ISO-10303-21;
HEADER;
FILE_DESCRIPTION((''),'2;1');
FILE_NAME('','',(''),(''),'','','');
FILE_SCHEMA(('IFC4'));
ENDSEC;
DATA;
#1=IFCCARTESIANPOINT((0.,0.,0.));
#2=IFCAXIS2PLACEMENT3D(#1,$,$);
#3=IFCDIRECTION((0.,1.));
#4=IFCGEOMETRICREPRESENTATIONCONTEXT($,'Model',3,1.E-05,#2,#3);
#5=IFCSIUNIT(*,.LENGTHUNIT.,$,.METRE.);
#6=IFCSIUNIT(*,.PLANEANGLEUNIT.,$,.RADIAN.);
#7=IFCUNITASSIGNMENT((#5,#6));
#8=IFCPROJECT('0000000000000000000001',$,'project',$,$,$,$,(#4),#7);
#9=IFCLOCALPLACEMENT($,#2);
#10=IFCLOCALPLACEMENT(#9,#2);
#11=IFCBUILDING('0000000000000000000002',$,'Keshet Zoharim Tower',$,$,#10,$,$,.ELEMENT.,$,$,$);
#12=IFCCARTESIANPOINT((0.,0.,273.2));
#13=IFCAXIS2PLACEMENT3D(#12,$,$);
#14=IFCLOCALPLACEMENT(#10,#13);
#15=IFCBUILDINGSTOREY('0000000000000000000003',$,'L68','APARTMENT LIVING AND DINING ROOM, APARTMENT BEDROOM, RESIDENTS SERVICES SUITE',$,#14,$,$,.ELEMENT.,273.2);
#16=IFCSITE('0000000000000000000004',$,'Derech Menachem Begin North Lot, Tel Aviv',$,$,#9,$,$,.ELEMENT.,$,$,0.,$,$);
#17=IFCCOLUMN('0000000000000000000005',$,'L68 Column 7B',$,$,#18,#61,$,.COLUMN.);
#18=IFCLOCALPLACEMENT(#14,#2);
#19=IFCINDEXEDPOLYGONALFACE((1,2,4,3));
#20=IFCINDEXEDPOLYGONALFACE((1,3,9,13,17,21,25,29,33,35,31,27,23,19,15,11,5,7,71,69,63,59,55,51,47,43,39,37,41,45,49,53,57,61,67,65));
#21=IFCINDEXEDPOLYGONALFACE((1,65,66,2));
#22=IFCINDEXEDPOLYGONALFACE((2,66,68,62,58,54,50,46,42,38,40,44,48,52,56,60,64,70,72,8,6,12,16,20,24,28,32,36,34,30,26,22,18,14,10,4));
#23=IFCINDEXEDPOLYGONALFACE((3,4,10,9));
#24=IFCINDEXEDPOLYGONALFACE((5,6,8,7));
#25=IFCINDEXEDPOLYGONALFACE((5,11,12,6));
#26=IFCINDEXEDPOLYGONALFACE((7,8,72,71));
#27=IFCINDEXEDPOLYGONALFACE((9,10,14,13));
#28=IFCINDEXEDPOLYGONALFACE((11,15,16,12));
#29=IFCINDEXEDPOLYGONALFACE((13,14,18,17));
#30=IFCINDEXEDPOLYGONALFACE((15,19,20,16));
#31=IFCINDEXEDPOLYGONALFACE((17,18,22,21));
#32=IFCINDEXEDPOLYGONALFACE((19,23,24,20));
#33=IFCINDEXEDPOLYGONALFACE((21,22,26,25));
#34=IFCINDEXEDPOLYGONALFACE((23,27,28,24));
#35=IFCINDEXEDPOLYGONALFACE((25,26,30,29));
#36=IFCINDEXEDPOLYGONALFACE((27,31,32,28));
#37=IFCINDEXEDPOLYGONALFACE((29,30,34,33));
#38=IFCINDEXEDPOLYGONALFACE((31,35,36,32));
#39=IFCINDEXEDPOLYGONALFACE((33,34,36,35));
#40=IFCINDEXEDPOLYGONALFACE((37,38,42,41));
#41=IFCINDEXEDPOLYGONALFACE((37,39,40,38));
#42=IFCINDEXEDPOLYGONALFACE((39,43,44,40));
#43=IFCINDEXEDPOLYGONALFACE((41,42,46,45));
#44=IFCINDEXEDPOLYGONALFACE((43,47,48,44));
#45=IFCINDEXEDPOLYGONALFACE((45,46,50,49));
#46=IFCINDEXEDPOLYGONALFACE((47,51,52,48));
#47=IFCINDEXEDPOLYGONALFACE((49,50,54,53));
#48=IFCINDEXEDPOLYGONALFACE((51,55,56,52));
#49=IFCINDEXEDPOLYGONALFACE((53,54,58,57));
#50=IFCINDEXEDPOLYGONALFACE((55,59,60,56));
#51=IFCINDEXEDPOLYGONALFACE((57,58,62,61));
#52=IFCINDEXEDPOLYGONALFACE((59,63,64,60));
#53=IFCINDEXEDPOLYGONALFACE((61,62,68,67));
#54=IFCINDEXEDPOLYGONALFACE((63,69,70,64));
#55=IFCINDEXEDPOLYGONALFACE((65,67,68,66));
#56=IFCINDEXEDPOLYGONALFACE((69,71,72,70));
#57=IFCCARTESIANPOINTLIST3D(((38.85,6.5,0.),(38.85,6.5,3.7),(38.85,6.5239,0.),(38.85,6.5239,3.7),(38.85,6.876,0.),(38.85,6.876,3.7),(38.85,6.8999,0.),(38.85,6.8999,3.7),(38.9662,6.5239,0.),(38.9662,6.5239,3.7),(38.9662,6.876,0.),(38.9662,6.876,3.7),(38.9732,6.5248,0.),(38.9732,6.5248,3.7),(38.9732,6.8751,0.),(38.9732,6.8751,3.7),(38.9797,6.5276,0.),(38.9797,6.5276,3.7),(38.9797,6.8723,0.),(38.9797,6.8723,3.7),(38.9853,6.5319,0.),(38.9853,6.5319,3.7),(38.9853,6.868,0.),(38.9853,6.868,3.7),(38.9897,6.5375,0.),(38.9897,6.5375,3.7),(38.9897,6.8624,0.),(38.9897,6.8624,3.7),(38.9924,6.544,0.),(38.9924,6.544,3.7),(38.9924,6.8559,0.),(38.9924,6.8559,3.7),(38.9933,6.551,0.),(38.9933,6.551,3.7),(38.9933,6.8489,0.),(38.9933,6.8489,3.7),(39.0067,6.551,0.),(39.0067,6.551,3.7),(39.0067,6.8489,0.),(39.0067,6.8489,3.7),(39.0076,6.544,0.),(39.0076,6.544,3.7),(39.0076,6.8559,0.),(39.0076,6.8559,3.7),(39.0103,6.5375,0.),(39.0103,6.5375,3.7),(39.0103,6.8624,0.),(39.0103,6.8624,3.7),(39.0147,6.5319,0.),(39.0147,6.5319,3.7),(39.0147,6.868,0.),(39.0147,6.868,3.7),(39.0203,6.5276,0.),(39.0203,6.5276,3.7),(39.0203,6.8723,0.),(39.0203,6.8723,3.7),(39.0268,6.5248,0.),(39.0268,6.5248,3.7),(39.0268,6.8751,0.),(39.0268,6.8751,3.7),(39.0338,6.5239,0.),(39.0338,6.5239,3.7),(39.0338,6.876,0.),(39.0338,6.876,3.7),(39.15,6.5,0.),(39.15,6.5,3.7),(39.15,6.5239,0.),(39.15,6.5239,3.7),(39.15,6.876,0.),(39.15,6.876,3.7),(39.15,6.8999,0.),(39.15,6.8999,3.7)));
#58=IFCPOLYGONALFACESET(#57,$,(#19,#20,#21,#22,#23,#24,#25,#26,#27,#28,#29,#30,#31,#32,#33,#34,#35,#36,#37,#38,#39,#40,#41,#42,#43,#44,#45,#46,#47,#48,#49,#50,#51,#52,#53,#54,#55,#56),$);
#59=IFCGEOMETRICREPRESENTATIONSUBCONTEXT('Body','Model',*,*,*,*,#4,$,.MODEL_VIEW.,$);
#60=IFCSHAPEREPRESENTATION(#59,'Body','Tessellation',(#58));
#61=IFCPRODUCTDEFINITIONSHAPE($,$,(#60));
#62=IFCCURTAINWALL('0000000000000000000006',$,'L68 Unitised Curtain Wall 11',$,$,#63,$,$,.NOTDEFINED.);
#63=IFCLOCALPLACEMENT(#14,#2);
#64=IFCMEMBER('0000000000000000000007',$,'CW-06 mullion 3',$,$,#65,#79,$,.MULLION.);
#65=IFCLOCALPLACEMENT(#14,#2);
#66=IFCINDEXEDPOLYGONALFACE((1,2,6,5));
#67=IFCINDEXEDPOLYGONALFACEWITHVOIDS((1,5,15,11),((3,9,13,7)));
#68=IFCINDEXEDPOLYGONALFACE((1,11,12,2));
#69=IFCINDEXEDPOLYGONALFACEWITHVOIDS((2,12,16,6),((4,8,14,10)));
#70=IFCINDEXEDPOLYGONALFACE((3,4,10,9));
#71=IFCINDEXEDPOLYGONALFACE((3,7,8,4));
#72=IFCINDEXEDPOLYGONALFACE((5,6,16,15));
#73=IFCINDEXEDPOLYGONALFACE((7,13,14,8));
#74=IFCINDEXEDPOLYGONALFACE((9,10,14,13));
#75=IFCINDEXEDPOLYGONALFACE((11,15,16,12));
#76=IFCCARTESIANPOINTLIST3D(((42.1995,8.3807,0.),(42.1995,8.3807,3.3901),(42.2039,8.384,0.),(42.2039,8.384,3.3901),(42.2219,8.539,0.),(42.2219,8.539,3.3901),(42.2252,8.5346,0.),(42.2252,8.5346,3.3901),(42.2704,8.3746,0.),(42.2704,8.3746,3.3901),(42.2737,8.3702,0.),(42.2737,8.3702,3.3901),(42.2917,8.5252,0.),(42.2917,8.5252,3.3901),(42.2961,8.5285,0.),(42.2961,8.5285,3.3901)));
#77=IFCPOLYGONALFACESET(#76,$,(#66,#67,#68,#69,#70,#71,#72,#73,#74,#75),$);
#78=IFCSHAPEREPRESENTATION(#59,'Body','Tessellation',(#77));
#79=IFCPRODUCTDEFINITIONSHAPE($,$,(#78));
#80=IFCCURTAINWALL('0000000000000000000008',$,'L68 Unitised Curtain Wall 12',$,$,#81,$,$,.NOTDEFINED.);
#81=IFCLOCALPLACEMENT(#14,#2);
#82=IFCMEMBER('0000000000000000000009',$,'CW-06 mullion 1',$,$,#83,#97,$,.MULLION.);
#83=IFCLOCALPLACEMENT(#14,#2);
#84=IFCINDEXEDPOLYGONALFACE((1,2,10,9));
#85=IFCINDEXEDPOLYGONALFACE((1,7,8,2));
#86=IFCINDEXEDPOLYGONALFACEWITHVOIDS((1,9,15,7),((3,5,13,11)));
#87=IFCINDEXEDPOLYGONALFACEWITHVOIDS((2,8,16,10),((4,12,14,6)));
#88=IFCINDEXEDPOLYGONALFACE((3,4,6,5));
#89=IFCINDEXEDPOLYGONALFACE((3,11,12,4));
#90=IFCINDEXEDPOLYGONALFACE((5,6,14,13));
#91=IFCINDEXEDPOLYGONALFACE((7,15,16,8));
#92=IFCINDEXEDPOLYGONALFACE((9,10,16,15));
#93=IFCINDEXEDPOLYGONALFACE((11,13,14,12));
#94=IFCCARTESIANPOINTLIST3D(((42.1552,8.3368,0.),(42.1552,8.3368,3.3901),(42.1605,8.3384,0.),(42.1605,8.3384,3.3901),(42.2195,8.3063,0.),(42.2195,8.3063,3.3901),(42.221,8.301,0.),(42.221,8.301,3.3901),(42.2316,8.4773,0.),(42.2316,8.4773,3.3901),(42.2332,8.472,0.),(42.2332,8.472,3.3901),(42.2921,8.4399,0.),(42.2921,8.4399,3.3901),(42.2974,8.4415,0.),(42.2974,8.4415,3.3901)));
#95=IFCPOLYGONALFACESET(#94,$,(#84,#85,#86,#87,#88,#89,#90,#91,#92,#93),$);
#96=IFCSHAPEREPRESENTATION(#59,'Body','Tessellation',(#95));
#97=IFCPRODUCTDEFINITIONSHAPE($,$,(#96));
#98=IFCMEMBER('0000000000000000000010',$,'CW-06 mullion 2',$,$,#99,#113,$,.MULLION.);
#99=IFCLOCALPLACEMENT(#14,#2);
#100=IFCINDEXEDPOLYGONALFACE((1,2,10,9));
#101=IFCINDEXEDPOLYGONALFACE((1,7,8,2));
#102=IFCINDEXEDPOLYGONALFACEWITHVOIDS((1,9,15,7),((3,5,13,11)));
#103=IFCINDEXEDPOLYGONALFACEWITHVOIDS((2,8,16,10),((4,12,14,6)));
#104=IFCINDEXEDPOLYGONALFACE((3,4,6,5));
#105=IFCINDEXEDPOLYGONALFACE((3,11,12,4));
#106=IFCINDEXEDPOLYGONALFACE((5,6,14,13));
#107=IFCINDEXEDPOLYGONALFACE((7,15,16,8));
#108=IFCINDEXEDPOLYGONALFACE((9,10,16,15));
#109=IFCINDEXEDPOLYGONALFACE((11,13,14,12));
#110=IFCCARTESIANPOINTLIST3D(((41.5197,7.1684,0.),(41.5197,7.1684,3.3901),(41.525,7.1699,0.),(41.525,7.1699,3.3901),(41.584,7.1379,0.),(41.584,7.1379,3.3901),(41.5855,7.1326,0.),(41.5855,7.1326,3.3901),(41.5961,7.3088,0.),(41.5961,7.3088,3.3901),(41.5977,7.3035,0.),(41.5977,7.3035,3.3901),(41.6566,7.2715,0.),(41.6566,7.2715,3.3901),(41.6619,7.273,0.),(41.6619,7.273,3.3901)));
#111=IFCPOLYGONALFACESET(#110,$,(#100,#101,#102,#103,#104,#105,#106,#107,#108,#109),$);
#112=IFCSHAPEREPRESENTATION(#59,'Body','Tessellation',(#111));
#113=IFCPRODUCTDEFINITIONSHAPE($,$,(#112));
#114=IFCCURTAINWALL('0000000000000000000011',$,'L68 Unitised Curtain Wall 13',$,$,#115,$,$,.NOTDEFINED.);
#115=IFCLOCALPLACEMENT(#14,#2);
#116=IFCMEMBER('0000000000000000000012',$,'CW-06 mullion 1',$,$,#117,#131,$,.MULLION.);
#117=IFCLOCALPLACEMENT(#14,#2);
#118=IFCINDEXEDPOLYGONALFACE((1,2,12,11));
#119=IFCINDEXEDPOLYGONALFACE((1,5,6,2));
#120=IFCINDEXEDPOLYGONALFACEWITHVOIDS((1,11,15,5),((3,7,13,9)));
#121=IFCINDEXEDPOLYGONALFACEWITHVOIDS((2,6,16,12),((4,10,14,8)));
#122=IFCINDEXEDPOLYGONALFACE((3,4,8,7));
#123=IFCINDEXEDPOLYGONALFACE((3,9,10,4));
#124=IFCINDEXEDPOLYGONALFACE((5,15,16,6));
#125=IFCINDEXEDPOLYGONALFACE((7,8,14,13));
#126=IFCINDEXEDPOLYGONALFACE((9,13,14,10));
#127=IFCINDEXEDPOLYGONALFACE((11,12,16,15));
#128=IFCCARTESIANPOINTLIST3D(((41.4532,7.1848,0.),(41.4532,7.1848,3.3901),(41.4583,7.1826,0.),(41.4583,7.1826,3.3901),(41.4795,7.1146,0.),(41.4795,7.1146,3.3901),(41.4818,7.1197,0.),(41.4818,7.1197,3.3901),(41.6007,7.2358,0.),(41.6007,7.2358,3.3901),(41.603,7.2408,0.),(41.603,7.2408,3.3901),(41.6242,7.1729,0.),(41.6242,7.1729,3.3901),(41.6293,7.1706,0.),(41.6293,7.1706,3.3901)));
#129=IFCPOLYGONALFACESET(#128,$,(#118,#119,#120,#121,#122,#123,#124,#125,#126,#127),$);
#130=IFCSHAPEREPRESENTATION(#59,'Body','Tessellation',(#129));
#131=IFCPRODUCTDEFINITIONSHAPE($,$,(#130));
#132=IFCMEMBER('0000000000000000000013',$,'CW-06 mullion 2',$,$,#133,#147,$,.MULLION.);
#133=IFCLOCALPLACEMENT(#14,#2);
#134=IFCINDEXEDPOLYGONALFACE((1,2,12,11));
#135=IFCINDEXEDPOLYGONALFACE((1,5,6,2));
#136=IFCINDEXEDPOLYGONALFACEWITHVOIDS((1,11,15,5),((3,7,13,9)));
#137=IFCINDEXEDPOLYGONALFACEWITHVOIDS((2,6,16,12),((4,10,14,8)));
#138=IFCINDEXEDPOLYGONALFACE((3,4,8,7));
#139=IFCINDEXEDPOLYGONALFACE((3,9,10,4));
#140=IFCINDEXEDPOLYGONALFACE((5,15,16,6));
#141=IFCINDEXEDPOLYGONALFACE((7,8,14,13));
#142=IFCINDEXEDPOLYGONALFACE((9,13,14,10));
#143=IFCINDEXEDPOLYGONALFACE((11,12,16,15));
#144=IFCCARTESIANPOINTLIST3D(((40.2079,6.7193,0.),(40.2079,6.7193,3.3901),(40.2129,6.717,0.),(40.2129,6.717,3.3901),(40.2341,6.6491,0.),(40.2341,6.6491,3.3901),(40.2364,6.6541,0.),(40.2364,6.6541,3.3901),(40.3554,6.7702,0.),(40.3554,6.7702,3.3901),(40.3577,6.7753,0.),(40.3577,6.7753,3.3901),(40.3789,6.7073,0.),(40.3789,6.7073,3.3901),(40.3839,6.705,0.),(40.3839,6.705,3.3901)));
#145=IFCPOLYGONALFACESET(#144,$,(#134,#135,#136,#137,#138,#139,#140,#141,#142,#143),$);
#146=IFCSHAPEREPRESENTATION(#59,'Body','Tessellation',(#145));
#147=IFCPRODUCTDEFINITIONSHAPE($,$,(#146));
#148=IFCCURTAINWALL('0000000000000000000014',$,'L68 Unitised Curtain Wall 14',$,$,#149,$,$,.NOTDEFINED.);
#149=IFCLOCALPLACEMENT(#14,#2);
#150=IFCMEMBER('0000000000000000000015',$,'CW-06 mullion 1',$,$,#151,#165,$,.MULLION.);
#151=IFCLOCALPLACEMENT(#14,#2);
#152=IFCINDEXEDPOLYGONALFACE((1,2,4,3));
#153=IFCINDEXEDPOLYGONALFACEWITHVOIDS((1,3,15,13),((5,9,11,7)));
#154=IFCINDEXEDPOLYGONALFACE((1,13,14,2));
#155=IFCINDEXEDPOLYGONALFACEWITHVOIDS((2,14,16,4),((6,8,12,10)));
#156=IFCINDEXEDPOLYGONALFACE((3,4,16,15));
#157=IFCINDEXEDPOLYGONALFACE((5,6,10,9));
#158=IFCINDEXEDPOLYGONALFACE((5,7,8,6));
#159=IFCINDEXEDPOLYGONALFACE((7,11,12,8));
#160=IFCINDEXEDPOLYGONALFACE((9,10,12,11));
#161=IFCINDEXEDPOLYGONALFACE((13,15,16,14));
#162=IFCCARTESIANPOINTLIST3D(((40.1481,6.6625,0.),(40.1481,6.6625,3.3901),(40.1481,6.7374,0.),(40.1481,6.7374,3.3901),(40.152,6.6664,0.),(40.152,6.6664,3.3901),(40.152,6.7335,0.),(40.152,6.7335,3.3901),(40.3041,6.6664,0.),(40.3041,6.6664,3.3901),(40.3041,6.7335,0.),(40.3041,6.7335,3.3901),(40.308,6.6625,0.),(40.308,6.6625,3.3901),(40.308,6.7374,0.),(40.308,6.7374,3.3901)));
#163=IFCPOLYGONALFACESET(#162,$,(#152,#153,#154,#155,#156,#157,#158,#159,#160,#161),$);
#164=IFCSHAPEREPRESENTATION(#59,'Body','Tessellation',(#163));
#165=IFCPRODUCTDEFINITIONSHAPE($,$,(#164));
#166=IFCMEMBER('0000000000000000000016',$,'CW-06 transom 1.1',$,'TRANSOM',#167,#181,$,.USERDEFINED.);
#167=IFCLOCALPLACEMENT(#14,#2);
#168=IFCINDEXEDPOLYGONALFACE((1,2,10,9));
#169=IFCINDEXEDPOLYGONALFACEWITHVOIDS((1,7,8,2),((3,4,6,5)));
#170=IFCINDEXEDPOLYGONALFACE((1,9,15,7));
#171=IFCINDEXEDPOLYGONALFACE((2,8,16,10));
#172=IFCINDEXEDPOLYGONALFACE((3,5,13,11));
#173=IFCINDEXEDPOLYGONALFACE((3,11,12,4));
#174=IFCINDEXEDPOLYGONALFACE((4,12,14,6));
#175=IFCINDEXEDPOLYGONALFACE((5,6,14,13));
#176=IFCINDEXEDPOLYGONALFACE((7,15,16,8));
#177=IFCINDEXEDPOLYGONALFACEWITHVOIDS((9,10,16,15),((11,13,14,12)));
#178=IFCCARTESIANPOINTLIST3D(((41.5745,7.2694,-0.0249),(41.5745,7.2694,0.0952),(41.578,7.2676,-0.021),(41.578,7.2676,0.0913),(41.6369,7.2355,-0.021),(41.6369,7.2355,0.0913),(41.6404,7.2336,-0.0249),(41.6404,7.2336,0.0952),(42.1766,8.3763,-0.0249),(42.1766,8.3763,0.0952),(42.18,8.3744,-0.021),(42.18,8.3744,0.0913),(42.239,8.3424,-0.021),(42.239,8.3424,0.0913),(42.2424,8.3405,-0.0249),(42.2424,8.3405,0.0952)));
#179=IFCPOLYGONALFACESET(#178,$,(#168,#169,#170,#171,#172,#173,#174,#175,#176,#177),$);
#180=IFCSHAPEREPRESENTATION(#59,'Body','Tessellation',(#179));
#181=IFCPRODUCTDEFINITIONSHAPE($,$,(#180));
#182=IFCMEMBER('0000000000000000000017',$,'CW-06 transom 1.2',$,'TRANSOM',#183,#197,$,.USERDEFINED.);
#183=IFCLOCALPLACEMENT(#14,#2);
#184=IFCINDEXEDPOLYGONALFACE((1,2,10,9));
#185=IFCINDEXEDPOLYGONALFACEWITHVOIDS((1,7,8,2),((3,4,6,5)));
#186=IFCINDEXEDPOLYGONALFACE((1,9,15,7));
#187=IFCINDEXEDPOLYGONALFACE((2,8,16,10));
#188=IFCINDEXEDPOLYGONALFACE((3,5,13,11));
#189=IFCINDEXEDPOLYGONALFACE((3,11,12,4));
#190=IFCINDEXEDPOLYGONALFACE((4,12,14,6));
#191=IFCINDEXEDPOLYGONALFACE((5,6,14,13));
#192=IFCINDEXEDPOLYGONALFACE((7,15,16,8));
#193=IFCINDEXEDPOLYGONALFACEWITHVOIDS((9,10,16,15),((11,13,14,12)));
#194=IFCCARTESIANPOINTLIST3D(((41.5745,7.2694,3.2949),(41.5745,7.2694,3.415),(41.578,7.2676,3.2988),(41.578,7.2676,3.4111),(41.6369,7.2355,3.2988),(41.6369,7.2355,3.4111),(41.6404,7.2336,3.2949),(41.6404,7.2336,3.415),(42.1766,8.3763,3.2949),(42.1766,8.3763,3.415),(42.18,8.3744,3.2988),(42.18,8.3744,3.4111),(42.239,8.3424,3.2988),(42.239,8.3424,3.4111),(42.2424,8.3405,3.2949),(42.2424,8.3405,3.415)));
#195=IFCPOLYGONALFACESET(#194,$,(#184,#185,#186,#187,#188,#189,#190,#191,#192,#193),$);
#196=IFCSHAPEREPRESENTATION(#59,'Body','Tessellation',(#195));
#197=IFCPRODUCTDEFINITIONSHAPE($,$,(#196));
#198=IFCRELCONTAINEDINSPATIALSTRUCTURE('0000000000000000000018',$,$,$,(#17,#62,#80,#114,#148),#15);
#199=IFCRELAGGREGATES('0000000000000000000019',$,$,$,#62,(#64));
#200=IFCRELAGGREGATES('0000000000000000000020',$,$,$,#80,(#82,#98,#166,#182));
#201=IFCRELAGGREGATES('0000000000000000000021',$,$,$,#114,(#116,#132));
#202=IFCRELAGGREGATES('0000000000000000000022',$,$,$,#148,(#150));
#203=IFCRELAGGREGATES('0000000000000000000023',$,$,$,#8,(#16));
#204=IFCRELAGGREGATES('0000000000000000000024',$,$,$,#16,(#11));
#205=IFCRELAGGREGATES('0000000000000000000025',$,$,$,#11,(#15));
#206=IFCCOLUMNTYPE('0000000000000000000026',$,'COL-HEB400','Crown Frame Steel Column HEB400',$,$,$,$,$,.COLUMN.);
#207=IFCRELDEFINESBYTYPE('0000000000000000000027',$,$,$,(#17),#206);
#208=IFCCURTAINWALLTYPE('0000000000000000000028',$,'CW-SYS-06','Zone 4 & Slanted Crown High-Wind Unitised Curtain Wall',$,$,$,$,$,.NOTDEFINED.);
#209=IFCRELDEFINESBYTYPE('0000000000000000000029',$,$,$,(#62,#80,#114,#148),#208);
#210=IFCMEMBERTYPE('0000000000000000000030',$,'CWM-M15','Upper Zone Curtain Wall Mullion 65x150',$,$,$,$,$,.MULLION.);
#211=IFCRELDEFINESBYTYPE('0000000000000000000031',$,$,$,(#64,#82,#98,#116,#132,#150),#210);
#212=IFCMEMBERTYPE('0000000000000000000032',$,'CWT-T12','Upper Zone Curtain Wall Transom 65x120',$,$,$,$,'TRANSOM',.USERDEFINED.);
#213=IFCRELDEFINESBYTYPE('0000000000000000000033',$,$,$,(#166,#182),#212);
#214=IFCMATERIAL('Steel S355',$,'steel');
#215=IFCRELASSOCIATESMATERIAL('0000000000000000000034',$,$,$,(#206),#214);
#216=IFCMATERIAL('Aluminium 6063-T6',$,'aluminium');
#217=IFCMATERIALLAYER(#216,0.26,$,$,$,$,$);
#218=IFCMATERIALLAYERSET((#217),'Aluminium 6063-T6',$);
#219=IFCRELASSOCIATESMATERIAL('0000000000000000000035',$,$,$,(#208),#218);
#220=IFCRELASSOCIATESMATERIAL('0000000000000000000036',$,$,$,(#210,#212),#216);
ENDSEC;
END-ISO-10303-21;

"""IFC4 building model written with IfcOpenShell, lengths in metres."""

from ifc_helpers import new_model, si_unit, direction, frame, origin, origin_2d, place, context, subcontext, project, spatial, hollow_rectangle, i_section, extrude, material, layer, layer_set, material_profile, profile_set, type_object, element, aggregate, save


model = new_model("IFC4")

# Units and contexts
model_context = context("Model", 3, precision=1e-05, world=origin(), true_north=direction((0.0, 1.0)))
body_context = subcontext(model_context, "Body", "Model", "MODEL_VIEW")
ifc_project = project(units=[si_unit("LENGTHUNIT", "METRE"), si_unit("PLANEANGLEUNIT", "RADIAN")], contexts=[model_context])

# Site, building, storey
site_placement = place(None, origin())
site = spatial("IfcSite", under=ifc_project, at=site_placement, Name="Derech Menachem Begin North Lot, Tel Aviv", CompositionType="ELEMENT", RefElevation=0.0)
building_placement = place(site_placement, origin())
building = spatial("IfcBuilding", under=site, at=building_placement, Name="Keshet Zoharim Tower", CompositionType="ELEMENT")
storey_placement = place(building_placement, frame((0.0, 0.0, 273.2)))
storey = spatial("IfcBuildingStorey", under=building, at=storey_placement, Name="L68", Description="APARTMENT LIVING AND DINING ROOM, APARTMENT BEDROOM, RESIDENTS SERVICES SUITE", CompositionType="ELEMENT", Elevation=273.2)

# Column
ifc_material_1 = material(Name="Steel S355", Category="steel")
ifc_material_profile_1 = material_profile(ifc_material_1, i_section(OverallWidth=0.3, OverallDepth=0.3999, WebThickness=0.0134, FlangeThickness=0.0239, FilletRadius=0.0271, at=origin_2d()), Name="HEB400")
ifc_profile_set_1 = profile_set([ifc_material_profile_1], Name="Steel S355")
column_type = type_object("IfcColumnType", Name="COL-HEB400", Description="Crown Frame Steel Column HEB400", PredefinedType="COLUMN", material=ifc_profile_set_1)
column_placement = place(storey_placement, frame((39.0, 6.7, 0.0), z_axis=(0.0, 0.0, 1.0), x_axis=(1.0, 0.0, 0.0)))
element("IfcColumn", 1, at=column_placement, inside=storey, type_object=column_type, Name="L68 Column 7B", PredefinedType="COLUMN", context=body_context, shape_type="SweptSolid", body=[
    extrude(i_section(OverallWidth=0.3, OverallDepth=0.3999, WebThickness=0.0134, FlangeThickness=0.0239, FilletRadius=0.0271, at=origin_2d()), origin(), (0.0, 0.0, 1.0), 3.7),
])

# Curtain wall, member
ifc_material_2 = material(Name="Aluminium 6063-T6", Category="aluminium")
ifc_layer_1 = layer(ifc_material_2, 0.26)
ifc_layer_set_1 = layer_set([ifc_layer_1], Name="Aluminium 6063-T6")
curtain_wall_type = type_object("IfcCurtainWallType", Name="CW-SYS-06", Description="Zone 4 & Slanted Crown High-Wind Unitised Curtain Wall", PredefinedType="NOTDEFINED", material=ifc_layer_set_1)
curtain_wall_1_placement = place(storey_placement, origin())
curtain_wall_1 = element("IfcCurtainWall", 2, at=curtain_wall_1_placement, inside=storey, type_object=curtain_wall_type, Name="L68 Unitised Curtain Wall 11", PredefinedType="NOTDEFINED")
ifc_material_profile_2 = material_profile(ifc_material_2, hollow_rectangle(XDim=0.075, YDim=0.1599, WallThickness=0.0039, at=origin_2d()), Name="MUL-75x160")
ifc_profile_set_2 = profile_set([ifc_material_profile_2], Name="Aluminium 6063-T6")
member_type_1 = type_object("IfcMemberType", Name="CWM-M15", Description="Upper Zone Curtain Wall Mullion 65x150", PredefinedType="MULLION", material=ifc_profile_set_2)
member_1_placement = place(storey_placement, frame((42.2478, 8.4546, 0.0), z_axis=(0.0, 0.0, 1.0), x_axis=(0.990132, -0.140137, 0.0)))
member_1 = element("IfcMember", 3, at=member_1_placement, type_object=member_type_1, Name="CW-06 mullion 3", PredefinedType="MULLION", context=body_context, shape_type="SweptSolid", body=[
    extrude(hollow_rectangle(XDim=0.075, YDim=0.1599, WallThickness=0.0039, at=origin_2d()), origin(), (0.0, 0.0, 1.0), 3.3901),
])

# Curtain walls, members
curtain_wall_2_placement = place(storey_placement, origin())
curtain_wall_2 = element("IfcCurtainWall", 4, at=curtain_wall_2_placement, inside=storey, type_object=curtain_wall_type, Name="L68 Unitised Curtain Wall 12", PredefinedType="NOTDEFINED")
member_2_placement = place(storey_placement, frame((42.2263, 8.3892, 0.0), z_axis=(0.0, 0.0, 1.0), x_axis=(0.878468, -0.477801, 0.0)))
member_2 = element("IfcMember", 5, at=member_2_placement, type_object=member_type_1, Name="CW-06 mullion 1", PredefinedType="MULLION", context=body_context, shape_type="SweptSolid", body=[
    extrude(hollow_rectangle(XDim=0.075, YDim=0.1599, WallThickness=0.0039, at=origin_2d()), origin(), (0.0, 0.0, 1.0), 3.3901),
])
member_3_placement = place(storey_placement, frame((41.5908, 7.2207, 0.0), z_axis=(0.0, 0.0, 1.0), x_axis=(0.878468, -0.477801, 0.0)))
member_3 = element("IfcMember", 6, at=member_3_placement, type_object=member_type_1, Name="CW-06 mullion 2", PredefinedType="MULLION", context=body_context, shape_type="SweptSolid", body=[
    extrude(hollow_rectangle(XDim=0.075, YDim=0.1599, WallThickness=0.0039, at=origin_2d()), origin(), (0.0, 0.0, 1.0), 3.3901),
])
curtain_wall_3_placement = place(storey_placement, origin())
curtain_wall_3 = element("IfcCurtainWall", 7, at=curtain_wall_3_placement, inside=storey, type_object=curtain_wall_type, Name="L68 Unitised Curtain Wall 13", PredefinedType="NOTDEFINED")
member_4_placement = place(storey_placement, frame((41.5413, 7.1777, 0.0), z_axis=(0.0, 0.0, 1.0), x_axis=(0.350105, -0.93671, 0.0)))
member_4 = element("IfcMember", 8, at=member_4_placement, type_object=member_type_1, Name="CW-06 mullion 1", PredefinedType="MULLION", context=body_context, shape_type="SweptSolid", body=[
    extrude(hollow_rectangle(XDim=0.075, YDim=0.1599, WallThickness=0.0039, at=origin_2d()), origin(), (0.0, 0.0, 1.0), 3.3901),
])
member_5_placement = place(storey_placement, frame((40.2959, 6.7122, 0.0), z_axis=(0.0, 0.0, 1.0), x_axis=(0.350105, -0.93671, 0.0)))
member_5 = element("IfcMember", 9, at=member_5_placement, type_object=member_type_1, Name="CW-06 mullion 2", PredefinedType="MULLION", context=body_context, shape_type="SweptSolid", body=[
    extrude(hollow_rectangle(XDim=0.075, YDim=0.1599, WallThickness=0.0039, at=origin_2d()), origin(), (0.0, 0.0, 1.0), 3.3901),
])

# Curtain wall, member
curtain_wall_4_placement = place(storey_placement, origin())
curtain_wall_4 = element("IfcCurtainWall", 10, at=curtain_wall_4_placement, inside=storey, type_object=curtain_wall_type, Name="L68 Unitised Curtain Wall 14", PredefinedType="NOTDEFINED")
member_6_placement = place(storey_placement, frame((40.228, 6.7, 0.0), z_axis=(0.0, 0.0, 1.0), x_axis=(0.0, -1.0, 0.0)))
member_6 = element("IfcMember", 11, at=member_6_placement, type_object=member_type_1, Name="CW-06 mullion 1", PredefinedType="MULLION", context=body_context, shape_type="SweptSolid", body=[
    extrude(hollow_rectangle(XDim=0.075, YDim=0.1599, WallThickness=0.0039, at=origin_2d()), origin(), (0.0, 0.0, 1.0), 3.3901),
])

# Members
ifc_material_profile_3 = material_profile(ifc_material_2, hollow_rectangle(XDim=0.075, YDim=0.1201, WallThickness=0.0039, at=origin_2d()), Name="TRN-75x120")
ifc_profile_set_3 = profile_set([ifc_material_profile_3], Name="Aluminium 6063-T6")
member_type_2 = type_object("IfcMemberType", Name="CWT-T12", Description="Upper Zone Curtain Wall Transom 65x120", ElementType="TRANSOM", PredefinedType="USERDEFINED", material=ifc_profile_set_3)
member_7_placement = place(storey_placement, frame((42.2095, 8.3584, 0.0352), z_axis=(-0.477793, -0.878472, 0.0), x_axis=(0.878472, -0.477793, 0.0)))
member_7 = element("IfcMember", 12, at=member_7_placement, type_object=member_type_2, Name="CW-06 transom 1.1", ObjectType="TRANSOM", PredefinedType="USERDEFINED", context=body_context, shape_type="SweptSolid", body=[
    extrude(hollow_rectangle(XDim=0.075, YDim=0.1201, WallThickness=0.0039, at=origin_2d()), origin(), (0.0, 0.0, 1.0), 1.26),
])
member_8_placement = place(storey_placement, frame((42.2095, 8.3584, 3.355), z_axis=(-0.477793, -0.878472, 0.0), x_axis=(0.878472, -0.477793, 0.0)))
member_8 = element("IfcMember", 13, at=member_8_placement, type_object=member_type_2, Name="CW-06 transom 1.2", ObjectType="TRANSOM", PredefinedType="USERDEFINED", context=body_context, shape_type="SweptSolid", body=[
    extrude(hollow_rectangle(XDim=0.075, YDim=0.1201, WallThickness=0.0039, at=origin_2d()), origin(), (0.0, 0.0, 1.0), 1.26),
])

aggregate(curtain_wall_1, [member_1])
aggregate(curtain_wall_2, [member_2, member_3, member_7, member_8])
aggregate(curtain_wall_3, [member_4, member_5])
aggregate(curtain_wall_4, [member_6])

save(model, "model.ifc")
